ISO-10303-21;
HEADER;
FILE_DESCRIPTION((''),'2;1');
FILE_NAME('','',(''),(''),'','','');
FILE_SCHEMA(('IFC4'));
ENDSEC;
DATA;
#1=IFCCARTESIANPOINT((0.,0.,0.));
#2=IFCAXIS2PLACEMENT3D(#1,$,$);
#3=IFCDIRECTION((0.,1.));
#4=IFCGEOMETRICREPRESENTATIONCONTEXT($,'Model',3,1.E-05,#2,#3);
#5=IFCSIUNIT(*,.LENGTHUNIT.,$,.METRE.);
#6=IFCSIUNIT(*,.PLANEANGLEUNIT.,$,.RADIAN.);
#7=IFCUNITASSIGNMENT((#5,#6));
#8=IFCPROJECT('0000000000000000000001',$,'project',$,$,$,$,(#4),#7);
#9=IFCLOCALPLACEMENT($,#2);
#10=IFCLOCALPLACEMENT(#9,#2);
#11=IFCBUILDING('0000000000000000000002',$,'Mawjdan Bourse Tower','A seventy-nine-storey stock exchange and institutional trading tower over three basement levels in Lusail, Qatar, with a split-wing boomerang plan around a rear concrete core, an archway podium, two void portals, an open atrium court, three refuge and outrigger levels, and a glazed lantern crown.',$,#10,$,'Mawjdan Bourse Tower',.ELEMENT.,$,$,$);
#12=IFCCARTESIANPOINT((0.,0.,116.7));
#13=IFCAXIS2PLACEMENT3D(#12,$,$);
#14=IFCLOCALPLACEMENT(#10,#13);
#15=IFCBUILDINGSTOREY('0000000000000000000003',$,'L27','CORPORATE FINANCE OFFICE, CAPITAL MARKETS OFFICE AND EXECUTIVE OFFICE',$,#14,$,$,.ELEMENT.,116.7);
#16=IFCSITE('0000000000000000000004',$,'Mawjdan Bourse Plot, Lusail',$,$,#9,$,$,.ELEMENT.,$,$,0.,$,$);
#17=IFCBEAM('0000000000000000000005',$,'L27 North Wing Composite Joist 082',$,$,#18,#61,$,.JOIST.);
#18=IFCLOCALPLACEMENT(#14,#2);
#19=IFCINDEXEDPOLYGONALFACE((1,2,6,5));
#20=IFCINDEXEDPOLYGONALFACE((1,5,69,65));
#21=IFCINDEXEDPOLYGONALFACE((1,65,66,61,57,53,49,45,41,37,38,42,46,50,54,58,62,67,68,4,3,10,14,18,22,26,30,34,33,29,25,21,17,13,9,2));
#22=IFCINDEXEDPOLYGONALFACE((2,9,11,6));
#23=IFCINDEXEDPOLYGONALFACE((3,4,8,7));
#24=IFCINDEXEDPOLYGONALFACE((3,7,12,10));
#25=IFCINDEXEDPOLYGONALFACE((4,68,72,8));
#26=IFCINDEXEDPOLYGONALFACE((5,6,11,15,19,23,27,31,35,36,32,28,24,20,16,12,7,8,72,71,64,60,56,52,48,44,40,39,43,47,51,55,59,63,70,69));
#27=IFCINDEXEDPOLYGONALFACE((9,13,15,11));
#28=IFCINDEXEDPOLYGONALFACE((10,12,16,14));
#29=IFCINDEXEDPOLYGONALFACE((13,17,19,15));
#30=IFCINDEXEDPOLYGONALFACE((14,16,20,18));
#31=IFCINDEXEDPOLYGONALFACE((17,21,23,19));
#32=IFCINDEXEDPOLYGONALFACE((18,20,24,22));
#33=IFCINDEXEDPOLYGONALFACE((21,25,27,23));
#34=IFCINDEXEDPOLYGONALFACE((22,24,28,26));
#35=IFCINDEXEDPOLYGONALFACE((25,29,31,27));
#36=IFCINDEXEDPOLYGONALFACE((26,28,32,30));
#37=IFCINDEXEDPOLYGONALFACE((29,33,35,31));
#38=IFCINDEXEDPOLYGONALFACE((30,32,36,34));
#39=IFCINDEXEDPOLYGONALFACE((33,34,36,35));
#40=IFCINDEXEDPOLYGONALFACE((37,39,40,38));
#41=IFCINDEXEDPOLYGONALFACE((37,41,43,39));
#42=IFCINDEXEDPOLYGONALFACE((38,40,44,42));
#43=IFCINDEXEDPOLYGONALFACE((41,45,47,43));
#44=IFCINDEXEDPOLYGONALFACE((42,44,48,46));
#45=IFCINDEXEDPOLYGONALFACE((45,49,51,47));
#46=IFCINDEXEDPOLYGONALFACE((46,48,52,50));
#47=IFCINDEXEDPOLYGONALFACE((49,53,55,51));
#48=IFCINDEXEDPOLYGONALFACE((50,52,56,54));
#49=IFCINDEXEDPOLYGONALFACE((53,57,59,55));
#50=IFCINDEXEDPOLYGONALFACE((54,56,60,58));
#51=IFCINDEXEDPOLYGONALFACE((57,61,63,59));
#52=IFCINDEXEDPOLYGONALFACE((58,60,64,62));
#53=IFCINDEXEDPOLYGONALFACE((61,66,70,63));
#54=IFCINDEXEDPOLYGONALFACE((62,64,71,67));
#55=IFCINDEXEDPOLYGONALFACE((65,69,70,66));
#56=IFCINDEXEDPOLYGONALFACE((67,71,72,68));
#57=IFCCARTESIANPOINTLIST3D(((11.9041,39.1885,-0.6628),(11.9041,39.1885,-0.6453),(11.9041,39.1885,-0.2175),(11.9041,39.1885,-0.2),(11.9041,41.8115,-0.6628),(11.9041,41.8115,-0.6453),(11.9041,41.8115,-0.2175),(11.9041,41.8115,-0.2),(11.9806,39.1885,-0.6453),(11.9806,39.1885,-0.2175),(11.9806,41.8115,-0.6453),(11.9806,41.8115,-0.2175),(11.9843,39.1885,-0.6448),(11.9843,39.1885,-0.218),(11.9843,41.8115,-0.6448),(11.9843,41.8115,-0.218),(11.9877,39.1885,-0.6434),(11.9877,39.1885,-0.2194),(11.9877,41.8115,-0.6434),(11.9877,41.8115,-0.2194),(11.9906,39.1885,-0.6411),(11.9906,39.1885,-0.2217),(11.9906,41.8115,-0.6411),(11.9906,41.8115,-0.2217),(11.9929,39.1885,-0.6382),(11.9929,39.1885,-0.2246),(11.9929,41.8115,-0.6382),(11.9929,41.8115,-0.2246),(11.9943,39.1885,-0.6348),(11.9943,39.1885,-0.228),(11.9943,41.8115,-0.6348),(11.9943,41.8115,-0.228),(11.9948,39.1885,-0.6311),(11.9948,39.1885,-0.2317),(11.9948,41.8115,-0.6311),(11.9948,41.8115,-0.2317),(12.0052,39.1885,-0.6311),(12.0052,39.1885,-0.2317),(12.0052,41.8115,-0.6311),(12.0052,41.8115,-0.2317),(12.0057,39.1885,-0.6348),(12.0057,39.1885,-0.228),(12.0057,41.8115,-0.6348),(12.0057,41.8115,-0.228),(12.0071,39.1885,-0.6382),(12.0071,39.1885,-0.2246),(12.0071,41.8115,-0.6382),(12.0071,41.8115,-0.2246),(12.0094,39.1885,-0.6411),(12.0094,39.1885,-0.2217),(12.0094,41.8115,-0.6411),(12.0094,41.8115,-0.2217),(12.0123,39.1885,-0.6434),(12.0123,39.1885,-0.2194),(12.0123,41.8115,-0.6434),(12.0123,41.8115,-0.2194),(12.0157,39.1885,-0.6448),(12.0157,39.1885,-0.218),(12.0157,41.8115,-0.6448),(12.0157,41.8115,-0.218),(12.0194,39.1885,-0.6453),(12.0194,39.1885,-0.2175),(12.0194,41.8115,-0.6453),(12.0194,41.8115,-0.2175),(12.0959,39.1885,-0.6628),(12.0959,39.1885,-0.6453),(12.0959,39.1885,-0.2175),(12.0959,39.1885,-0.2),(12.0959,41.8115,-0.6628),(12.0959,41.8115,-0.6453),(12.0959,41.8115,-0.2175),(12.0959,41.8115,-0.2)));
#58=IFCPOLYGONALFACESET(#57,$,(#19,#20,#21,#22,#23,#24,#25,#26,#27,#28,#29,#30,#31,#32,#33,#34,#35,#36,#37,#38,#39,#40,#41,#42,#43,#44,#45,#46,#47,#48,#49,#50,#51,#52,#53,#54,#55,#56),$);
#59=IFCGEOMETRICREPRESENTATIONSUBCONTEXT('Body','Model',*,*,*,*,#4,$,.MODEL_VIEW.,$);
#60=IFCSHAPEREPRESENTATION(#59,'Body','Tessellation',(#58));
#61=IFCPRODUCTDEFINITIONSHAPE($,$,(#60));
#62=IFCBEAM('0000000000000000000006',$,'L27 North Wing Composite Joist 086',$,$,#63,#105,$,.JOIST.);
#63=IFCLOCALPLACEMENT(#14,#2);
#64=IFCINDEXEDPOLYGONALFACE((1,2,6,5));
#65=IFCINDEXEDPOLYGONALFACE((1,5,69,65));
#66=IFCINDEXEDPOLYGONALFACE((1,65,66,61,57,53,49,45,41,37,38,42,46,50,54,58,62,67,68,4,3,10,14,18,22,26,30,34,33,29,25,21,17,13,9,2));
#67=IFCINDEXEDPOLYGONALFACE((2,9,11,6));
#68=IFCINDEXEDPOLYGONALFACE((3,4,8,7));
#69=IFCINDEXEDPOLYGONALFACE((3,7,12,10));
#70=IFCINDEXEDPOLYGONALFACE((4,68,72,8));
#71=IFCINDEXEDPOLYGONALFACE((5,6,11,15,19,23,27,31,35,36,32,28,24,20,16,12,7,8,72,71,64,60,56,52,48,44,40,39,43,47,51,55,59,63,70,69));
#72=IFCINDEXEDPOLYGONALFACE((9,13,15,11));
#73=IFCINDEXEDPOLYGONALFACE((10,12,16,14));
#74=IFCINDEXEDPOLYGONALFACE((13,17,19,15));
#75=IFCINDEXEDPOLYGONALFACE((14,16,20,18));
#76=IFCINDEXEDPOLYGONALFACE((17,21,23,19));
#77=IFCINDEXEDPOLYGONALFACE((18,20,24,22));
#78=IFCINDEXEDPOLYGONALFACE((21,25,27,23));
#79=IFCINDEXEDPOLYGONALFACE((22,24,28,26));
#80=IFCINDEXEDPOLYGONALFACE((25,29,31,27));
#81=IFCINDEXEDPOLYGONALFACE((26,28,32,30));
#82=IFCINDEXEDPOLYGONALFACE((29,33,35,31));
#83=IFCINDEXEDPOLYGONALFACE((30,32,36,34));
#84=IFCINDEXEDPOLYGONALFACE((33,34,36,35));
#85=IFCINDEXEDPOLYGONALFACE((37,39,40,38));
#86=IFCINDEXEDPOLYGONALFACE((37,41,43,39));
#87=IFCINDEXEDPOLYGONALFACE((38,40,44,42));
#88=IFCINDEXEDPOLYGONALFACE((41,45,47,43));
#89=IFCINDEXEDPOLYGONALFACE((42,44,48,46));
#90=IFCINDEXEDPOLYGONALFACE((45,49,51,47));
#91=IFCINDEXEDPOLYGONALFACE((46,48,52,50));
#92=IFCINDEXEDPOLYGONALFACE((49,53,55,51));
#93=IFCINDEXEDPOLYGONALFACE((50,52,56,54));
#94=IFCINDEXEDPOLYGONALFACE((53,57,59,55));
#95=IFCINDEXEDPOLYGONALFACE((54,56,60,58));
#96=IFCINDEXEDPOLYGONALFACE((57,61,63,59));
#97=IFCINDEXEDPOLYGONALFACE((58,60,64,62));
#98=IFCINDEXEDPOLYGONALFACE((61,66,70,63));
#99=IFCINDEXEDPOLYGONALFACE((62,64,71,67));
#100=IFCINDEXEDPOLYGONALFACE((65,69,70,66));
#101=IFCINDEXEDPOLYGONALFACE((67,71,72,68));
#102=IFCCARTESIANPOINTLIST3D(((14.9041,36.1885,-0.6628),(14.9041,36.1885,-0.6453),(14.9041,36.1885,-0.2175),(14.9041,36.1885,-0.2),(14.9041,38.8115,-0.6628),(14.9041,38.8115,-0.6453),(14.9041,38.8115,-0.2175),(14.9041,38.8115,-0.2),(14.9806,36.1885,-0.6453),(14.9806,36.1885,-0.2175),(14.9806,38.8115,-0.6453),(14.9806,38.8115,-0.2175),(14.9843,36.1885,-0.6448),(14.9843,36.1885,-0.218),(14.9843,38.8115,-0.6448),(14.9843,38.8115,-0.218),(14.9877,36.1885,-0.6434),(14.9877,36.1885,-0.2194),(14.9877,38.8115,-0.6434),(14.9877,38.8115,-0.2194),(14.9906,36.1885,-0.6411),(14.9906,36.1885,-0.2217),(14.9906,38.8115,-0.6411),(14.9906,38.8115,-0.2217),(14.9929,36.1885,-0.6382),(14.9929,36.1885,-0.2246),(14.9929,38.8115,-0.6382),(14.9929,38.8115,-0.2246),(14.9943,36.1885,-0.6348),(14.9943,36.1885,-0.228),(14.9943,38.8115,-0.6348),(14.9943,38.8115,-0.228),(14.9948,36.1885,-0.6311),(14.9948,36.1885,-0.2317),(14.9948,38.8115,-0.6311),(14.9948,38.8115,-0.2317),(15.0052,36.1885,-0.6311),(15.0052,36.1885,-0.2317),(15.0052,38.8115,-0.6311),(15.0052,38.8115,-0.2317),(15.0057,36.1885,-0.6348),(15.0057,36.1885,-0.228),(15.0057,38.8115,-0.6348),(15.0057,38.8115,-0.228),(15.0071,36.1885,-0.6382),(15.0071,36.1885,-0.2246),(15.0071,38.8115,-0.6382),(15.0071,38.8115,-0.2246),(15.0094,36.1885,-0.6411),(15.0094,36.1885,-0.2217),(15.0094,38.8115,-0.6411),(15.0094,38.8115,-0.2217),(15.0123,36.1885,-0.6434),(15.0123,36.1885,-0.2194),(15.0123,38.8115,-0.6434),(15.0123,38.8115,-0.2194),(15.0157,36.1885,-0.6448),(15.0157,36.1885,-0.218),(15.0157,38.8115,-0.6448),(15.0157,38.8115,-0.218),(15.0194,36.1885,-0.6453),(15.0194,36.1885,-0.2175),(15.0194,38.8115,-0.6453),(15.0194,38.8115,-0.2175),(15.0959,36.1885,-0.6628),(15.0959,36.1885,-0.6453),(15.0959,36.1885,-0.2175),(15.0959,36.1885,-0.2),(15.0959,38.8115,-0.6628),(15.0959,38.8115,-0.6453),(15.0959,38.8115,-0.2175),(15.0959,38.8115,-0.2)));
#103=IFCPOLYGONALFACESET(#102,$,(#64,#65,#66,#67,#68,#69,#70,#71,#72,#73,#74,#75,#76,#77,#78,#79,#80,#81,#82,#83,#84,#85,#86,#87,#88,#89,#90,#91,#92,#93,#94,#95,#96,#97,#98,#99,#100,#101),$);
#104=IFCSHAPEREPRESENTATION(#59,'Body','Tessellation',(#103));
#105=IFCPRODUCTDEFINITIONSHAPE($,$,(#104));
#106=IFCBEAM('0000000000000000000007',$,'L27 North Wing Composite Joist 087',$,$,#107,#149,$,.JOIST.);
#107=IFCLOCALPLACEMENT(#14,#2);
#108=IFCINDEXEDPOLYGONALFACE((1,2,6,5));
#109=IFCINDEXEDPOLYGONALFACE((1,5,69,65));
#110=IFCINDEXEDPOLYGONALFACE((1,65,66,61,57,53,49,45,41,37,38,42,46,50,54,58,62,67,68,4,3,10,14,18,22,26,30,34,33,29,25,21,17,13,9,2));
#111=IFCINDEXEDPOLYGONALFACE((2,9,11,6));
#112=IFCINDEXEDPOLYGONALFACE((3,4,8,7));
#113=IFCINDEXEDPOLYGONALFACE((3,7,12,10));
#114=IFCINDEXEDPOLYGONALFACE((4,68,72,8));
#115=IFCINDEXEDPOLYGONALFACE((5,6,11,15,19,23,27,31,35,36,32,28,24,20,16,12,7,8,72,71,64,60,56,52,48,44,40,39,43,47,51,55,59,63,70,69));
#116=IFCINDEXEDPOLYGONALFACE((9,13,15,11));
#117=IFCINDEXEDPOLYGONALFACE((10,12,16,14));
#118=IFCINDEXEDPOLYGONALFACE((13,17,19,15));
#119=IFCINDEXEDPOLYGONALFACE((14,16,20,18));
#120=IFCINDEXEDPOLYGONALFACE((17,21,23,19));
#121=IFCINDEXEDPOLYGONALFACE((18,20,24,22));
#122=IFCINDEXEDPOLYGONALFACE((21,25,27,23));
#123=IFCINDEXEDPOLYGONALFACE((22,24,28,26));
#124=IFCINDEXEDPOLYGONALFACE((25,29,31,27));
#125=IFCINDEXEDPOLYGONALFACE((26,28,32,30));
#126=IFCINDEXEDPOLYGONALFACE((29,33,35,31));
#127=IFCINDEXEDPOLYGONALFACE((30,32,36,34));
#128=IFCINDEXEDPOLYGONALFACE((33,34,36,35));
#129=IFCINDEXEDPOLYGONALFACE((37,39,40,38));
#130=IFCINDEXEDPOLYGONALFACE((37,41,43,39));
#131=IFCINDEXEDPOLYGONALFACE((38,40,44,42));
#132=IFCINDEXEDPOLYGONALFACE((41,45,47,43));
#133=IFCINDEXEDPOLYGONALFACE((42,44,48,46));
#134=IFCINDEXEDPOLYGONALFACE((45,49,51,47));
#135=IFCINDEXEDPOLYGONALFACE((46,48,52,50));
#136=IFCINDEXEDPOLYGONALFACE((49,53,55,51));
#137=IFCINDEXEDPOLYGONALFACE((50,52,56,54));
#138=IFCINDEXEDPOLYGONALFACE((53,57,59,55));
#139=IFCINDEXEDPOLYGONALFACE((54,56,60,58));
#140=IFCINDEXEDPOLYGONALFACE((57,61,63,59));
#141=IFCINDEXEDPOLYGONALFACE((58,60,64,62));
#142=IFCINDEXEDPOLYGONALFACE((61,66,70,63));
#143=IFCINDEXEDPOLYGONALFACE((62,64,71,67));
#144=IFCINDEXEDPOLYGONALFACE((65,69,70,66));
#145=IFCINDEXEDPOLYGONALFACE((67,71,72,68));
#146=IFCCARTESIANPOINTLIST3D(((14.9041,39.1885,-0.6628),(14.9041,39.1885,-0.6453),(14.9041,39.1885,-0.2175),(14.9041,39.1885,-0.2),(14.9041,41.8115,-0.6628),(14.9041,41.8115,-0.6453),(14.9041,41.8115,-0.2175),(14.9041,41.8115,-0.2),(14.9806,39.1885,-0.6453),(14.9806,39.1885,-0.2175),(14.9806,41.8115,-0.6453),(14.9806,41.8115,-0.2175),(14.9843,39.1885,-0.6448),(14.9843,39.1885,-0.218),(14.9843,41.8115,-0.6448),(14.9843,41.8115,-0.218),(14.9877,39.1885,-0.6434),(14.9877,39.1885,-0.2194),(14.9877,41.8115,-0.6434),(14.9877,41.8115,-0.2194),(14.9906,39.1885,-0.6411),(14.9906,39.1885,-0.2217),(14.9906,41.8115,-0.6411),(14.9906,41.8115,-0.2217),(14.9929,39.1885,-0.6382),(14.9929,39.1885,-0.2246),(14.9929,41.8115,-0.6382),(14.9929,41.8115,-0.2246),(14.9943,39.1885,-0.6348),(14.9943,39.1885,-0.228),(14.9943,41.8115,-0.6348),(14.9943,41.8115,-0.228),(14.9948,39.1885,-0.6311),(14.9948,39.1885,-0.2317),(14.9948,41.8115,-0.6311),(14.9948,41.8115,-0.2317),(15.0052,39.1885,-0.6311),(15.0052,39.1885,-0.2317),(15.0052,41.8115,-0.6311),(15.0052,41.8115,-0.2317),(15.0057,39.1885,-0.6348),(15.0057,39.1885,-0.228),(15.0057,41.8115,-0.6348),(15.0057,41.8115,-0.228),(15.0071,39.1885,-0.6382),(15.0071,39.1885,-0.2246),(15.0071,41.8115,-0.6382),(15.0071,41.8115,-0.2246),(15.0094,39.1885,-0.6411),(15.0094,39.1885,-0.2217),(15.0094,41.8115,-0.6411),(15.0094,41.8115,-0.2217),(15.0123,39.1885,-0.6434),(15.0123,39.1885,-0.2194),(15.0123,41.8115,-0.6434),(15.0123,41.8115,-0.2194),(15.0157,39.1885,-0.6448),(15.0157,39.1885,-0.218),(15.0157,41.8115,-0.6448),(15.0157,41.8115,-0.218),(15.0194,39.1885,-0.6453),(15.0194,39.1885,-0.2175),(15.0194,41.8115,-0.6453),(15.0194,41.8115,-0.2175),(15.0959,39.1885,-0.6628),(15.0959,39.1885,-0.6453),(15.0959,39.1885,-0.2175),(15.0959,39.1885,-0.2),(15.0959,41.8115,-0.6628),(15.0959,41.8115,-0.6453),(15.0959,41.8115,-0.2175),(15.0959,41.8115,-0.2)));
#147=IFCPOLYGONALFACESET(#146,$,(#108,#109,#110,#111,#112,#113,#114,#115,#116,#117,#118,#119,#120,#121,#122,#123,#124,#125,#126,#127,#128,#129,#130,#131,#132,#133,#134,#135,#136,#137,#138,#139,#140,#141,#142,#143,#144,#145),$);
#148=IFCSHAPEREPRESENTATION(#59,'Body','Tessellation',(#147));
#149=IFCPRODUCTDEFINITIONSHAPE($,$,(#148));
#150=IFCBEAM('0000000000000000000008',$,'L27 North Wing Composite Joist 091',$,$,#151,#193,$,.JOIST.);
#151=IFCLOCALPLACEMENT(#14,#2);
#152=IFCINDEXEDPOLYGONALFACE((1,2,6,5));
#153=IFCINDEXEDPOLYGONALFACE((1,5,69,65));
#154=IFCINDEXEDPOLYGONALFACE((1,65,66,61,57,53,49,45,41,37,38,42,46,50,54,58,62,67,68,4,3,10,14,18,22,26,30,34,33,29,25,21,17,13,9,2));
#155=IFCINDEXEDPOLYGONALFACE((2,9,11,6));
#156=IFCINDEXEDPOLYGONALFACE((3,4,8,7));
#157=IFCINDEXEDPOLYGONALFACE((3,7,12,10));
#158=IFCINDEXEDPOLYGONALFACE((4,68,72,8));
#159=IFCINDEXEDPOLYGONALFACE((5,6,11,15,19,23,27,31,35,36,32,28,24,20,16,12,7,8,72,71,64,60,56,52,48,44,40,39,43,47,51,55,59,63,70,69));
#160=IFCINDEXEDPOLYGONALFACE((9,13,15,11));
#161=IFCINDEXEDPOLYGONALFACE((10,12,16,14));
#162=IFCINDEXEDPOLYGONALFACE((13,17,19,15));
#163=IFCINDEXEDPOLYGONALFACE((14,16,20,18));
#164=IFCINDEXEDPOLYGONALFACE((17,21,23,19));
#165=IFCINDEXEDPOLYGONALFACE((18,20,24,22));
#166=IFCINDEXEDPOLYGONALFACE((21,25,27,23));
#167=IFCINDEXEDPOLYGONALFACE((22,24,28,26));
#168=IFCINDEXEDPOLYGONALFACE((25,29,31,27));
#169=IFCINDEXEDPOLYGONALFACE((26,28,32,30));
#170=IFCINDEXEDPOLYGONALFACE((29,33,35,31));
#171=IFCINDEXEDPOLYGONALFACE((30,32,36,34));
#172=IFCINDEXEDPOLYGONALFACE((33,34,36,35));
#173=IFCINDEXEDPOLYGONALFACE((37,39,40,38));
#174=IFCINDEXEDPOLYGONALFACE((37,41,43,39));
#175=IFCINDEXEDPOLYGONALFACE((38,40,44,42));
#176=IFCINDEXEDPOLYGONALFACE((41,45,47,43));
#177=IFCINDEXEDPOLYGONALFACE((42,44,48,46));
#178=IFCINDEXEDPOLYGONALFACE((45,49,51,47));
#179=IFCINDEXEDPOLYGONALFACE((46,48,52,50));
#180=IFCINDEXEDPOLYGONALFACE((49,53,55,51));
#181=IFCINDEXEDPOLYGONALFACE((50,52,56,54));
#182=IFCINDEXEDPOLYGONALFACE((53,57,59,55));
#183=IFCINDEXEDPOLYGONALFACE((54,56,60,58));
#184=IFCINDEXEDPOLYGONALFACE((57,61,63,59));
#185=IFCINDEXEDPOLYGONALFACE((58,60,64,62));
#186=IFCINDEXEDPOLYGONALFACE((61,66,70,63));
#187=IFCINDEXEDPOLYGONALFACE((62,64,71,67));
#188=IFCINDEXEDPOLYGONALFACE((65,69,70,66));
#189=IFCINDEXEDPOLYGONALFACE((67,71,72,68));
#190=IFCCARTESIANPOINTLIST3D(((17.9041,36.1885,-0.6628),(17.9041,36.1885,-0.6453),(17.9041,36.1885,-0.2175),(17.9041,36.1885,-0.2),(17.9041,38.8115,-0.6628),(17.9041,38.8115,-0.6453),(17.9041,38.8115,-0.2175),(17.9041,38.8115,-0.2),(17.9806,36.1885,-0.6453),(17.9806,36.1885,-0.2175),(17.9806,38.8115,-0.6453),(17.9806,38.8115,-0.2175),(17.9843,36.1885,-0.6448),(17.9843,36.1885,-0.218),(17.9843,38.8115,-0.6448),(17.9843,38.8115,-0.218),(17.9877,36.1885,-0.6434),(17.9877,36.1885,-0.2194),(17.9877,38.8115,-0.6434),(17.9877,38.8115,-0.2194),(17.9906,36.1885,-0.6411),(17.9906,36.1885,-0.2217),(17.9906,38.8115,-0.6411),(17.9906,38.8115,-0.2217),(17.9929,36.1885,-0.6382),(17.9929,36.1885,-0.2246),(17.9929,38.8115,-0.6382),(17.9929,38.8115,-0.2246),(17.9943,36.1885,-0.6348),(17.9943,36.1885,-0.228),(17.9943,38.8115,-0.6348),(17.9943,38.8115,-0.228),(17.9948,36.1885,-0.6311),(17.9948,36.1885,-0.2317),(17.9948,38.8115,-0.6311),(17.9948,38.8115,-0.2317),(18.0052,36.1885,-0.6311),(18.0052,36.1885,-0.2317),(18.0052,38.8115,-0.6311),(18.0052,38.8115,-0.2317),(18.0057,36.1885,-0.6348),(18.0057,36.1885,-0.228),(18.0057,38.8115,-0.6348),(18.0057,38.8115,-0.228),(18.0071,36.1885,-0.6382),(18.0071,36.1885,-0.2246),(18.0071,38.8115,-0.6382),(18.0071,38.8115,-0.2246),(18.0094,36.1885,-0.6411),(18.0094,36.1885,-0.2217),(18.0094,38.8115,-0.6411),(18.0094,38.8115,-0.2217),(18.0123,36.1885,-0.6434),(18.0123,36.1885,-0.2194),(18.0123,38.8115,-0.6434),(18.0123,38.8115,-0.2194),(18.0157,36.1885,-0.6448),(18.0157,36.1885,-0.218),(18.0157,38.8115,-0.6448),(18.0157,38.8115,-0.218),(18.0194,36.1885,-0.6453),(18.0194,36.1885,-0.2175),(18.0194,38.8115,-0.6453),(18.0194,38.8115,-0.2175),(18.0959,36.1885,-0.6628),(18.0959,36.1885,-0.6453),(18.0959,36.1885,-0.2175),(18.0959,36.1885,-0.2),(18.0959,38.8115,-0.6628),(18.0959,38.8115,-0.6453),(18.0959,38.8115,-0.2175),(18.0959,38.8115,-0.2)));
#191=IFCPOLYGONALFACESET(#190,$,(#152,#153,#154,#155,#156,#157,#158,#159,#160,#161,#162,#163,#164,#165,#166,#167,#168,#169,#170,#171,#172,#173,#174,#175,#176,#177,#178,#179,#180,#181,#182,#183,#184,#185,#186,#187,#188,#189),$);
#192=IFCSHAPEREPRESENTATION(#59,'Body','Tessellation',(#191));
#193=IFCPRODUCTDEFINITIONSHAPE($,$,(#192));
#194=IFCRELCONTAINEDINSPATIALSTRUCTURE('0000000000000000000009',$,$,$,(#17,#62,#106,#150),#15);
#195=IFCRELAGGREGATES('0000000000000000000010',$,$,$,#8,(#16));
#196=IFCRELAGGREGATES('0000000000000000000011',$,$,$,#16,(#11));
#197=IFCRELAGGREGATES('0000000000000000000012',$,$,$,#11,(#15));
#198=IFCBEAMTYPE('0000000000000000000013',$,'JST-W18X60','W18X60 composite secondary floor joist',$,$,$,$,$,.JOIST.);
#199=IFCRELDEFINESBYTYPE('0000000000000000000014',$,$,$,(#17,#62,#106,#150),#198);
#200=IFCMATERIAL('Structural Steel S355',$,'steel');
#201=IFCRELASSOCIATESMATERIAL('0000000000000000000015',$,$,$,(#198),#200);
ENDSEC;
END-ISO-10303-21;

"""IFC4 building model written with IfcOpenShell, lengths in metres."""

from ifc_helpers import new_model, si_unit, direction, frame, origin, origin_2d, place, context, subcontext, project, spatial, i_section, extrude, material, material_profile, profile_set, type_object, element, save


model = new_model("IFC4")

# Units and contexts
model_context = context("Model", 3, precision=1e-05, world=origin(), true_north=direction((0.0, 1.0)))
body_context = subcontext(model_context, "Body", "Model", "MODEL_VIEW")
ifc_project = project(units=[si_unit("LENGTHUNIT", "METRE"), si_unit("PLANEANGLEUNIT", "RADIAN")], contexts=[model_context])

# Site, building, storey
site_placement = place(None, origin())
site = spatial("IfcSite", under=ifc_project, at=site_placement, Name="Mawjdan Bourse Plot, Lusail", CompositionType="ELEMENT", RefElevation=0.0)
building_placement = place(site_placement, origin())
building = spatial("IfcBuilding", under=site, at=building_placement, Name="Mawjdan Bourse Tower", Description="A seventy-nine-storey stock exchange and institutional trading tower over three basement levels in Lusail, Qatar, with a split-wing boomerang plan around a rear concrete core, an archway podium, two void portals, an open atrium court, three refuge and outrigger levels, and a glazed lantern crown.", LongName="Mawjdan Bourse Tower", CompositionType="ELEMENT")
storey_placement = place(building_placement, frame((0.0, 0.0, 116.7)))
storey = spatial("IfcBuildingStorey", under=building, at=storey_placement, Name="L27", Description="CORPORATE FINANCE OFFICE, CAPITAL MARKETS OFFICE AND EXECUTIVE OFFICE", CompositionType="ELEMENT", Elevation=116.7)

# Beams
ifc_material_1 = material(Name="Structural Steel S355", Category="steel")
ifc_material_profile_1 = material_profile(ifc_material_1, i_section(OverallWidth=0.1919, OverallDepth=0.4629, WebThickness=0.0105, FlangeThickness=0.0176, FilletRadius=0.0142, at=origin_2d()), Name="W18X60")
ifc_profile_set_1 = profile_set([ifc_material_profile_1], Name="Structural Steel S355")
beam_type_1 = type_object("IfcBeamType", Name="JST-W18X60", Description="W18X60 composite secondary floor joist", PredefinedType="JOIST", material=ifc_profile_set_1)
for number, where, z_axis, x_axis, name in (
    (1, (12.0, 39.1885, -0.4314), (0.0, 1.0, 0.0), (-1.0, 0.0, 0.0), "L27 North Wing Composite Joist 082"),
    (2, (15.0, 36.1885, -0.4314), (0.0, 1.0, 0.0), (-1.0, 0.0, 0.0), "L27 North Wing Composite Joist 086"),
    (3, (15.0, 39.1885, -0.4314), (0.0, 1.0, 0.0), (-1.0, 0.0, 0.0), "L27 North Wing Composite Joist 087"),
    (4, (18.0, 36.1885, -0.4314), (0.0, 1.0, 0.0), (-1.0, 0.0, 0.0), "L27 North Wing Composite Joist 091"),
):
    element("IfcBeam", number, at=place(storey_placement, frame(where, z_axis=z_axis, x_axis=x_axis)), inside=storey, type_object=beam_type_1, Name=name, PredefinedType="JOIST", context=body_context, shape_type="SweptSolid", body=[
        extrude(i_section(OverallWidth=0.1919, OverallDepth=0.4629, WebThickness=0.0105, FlangeThickness=0.0176, FilletRadius=0.0142, at=origin_2d()), origin(), (0.0, 0.0, 1.0), 2.623),
    ])

save(model, "model.ifc")
